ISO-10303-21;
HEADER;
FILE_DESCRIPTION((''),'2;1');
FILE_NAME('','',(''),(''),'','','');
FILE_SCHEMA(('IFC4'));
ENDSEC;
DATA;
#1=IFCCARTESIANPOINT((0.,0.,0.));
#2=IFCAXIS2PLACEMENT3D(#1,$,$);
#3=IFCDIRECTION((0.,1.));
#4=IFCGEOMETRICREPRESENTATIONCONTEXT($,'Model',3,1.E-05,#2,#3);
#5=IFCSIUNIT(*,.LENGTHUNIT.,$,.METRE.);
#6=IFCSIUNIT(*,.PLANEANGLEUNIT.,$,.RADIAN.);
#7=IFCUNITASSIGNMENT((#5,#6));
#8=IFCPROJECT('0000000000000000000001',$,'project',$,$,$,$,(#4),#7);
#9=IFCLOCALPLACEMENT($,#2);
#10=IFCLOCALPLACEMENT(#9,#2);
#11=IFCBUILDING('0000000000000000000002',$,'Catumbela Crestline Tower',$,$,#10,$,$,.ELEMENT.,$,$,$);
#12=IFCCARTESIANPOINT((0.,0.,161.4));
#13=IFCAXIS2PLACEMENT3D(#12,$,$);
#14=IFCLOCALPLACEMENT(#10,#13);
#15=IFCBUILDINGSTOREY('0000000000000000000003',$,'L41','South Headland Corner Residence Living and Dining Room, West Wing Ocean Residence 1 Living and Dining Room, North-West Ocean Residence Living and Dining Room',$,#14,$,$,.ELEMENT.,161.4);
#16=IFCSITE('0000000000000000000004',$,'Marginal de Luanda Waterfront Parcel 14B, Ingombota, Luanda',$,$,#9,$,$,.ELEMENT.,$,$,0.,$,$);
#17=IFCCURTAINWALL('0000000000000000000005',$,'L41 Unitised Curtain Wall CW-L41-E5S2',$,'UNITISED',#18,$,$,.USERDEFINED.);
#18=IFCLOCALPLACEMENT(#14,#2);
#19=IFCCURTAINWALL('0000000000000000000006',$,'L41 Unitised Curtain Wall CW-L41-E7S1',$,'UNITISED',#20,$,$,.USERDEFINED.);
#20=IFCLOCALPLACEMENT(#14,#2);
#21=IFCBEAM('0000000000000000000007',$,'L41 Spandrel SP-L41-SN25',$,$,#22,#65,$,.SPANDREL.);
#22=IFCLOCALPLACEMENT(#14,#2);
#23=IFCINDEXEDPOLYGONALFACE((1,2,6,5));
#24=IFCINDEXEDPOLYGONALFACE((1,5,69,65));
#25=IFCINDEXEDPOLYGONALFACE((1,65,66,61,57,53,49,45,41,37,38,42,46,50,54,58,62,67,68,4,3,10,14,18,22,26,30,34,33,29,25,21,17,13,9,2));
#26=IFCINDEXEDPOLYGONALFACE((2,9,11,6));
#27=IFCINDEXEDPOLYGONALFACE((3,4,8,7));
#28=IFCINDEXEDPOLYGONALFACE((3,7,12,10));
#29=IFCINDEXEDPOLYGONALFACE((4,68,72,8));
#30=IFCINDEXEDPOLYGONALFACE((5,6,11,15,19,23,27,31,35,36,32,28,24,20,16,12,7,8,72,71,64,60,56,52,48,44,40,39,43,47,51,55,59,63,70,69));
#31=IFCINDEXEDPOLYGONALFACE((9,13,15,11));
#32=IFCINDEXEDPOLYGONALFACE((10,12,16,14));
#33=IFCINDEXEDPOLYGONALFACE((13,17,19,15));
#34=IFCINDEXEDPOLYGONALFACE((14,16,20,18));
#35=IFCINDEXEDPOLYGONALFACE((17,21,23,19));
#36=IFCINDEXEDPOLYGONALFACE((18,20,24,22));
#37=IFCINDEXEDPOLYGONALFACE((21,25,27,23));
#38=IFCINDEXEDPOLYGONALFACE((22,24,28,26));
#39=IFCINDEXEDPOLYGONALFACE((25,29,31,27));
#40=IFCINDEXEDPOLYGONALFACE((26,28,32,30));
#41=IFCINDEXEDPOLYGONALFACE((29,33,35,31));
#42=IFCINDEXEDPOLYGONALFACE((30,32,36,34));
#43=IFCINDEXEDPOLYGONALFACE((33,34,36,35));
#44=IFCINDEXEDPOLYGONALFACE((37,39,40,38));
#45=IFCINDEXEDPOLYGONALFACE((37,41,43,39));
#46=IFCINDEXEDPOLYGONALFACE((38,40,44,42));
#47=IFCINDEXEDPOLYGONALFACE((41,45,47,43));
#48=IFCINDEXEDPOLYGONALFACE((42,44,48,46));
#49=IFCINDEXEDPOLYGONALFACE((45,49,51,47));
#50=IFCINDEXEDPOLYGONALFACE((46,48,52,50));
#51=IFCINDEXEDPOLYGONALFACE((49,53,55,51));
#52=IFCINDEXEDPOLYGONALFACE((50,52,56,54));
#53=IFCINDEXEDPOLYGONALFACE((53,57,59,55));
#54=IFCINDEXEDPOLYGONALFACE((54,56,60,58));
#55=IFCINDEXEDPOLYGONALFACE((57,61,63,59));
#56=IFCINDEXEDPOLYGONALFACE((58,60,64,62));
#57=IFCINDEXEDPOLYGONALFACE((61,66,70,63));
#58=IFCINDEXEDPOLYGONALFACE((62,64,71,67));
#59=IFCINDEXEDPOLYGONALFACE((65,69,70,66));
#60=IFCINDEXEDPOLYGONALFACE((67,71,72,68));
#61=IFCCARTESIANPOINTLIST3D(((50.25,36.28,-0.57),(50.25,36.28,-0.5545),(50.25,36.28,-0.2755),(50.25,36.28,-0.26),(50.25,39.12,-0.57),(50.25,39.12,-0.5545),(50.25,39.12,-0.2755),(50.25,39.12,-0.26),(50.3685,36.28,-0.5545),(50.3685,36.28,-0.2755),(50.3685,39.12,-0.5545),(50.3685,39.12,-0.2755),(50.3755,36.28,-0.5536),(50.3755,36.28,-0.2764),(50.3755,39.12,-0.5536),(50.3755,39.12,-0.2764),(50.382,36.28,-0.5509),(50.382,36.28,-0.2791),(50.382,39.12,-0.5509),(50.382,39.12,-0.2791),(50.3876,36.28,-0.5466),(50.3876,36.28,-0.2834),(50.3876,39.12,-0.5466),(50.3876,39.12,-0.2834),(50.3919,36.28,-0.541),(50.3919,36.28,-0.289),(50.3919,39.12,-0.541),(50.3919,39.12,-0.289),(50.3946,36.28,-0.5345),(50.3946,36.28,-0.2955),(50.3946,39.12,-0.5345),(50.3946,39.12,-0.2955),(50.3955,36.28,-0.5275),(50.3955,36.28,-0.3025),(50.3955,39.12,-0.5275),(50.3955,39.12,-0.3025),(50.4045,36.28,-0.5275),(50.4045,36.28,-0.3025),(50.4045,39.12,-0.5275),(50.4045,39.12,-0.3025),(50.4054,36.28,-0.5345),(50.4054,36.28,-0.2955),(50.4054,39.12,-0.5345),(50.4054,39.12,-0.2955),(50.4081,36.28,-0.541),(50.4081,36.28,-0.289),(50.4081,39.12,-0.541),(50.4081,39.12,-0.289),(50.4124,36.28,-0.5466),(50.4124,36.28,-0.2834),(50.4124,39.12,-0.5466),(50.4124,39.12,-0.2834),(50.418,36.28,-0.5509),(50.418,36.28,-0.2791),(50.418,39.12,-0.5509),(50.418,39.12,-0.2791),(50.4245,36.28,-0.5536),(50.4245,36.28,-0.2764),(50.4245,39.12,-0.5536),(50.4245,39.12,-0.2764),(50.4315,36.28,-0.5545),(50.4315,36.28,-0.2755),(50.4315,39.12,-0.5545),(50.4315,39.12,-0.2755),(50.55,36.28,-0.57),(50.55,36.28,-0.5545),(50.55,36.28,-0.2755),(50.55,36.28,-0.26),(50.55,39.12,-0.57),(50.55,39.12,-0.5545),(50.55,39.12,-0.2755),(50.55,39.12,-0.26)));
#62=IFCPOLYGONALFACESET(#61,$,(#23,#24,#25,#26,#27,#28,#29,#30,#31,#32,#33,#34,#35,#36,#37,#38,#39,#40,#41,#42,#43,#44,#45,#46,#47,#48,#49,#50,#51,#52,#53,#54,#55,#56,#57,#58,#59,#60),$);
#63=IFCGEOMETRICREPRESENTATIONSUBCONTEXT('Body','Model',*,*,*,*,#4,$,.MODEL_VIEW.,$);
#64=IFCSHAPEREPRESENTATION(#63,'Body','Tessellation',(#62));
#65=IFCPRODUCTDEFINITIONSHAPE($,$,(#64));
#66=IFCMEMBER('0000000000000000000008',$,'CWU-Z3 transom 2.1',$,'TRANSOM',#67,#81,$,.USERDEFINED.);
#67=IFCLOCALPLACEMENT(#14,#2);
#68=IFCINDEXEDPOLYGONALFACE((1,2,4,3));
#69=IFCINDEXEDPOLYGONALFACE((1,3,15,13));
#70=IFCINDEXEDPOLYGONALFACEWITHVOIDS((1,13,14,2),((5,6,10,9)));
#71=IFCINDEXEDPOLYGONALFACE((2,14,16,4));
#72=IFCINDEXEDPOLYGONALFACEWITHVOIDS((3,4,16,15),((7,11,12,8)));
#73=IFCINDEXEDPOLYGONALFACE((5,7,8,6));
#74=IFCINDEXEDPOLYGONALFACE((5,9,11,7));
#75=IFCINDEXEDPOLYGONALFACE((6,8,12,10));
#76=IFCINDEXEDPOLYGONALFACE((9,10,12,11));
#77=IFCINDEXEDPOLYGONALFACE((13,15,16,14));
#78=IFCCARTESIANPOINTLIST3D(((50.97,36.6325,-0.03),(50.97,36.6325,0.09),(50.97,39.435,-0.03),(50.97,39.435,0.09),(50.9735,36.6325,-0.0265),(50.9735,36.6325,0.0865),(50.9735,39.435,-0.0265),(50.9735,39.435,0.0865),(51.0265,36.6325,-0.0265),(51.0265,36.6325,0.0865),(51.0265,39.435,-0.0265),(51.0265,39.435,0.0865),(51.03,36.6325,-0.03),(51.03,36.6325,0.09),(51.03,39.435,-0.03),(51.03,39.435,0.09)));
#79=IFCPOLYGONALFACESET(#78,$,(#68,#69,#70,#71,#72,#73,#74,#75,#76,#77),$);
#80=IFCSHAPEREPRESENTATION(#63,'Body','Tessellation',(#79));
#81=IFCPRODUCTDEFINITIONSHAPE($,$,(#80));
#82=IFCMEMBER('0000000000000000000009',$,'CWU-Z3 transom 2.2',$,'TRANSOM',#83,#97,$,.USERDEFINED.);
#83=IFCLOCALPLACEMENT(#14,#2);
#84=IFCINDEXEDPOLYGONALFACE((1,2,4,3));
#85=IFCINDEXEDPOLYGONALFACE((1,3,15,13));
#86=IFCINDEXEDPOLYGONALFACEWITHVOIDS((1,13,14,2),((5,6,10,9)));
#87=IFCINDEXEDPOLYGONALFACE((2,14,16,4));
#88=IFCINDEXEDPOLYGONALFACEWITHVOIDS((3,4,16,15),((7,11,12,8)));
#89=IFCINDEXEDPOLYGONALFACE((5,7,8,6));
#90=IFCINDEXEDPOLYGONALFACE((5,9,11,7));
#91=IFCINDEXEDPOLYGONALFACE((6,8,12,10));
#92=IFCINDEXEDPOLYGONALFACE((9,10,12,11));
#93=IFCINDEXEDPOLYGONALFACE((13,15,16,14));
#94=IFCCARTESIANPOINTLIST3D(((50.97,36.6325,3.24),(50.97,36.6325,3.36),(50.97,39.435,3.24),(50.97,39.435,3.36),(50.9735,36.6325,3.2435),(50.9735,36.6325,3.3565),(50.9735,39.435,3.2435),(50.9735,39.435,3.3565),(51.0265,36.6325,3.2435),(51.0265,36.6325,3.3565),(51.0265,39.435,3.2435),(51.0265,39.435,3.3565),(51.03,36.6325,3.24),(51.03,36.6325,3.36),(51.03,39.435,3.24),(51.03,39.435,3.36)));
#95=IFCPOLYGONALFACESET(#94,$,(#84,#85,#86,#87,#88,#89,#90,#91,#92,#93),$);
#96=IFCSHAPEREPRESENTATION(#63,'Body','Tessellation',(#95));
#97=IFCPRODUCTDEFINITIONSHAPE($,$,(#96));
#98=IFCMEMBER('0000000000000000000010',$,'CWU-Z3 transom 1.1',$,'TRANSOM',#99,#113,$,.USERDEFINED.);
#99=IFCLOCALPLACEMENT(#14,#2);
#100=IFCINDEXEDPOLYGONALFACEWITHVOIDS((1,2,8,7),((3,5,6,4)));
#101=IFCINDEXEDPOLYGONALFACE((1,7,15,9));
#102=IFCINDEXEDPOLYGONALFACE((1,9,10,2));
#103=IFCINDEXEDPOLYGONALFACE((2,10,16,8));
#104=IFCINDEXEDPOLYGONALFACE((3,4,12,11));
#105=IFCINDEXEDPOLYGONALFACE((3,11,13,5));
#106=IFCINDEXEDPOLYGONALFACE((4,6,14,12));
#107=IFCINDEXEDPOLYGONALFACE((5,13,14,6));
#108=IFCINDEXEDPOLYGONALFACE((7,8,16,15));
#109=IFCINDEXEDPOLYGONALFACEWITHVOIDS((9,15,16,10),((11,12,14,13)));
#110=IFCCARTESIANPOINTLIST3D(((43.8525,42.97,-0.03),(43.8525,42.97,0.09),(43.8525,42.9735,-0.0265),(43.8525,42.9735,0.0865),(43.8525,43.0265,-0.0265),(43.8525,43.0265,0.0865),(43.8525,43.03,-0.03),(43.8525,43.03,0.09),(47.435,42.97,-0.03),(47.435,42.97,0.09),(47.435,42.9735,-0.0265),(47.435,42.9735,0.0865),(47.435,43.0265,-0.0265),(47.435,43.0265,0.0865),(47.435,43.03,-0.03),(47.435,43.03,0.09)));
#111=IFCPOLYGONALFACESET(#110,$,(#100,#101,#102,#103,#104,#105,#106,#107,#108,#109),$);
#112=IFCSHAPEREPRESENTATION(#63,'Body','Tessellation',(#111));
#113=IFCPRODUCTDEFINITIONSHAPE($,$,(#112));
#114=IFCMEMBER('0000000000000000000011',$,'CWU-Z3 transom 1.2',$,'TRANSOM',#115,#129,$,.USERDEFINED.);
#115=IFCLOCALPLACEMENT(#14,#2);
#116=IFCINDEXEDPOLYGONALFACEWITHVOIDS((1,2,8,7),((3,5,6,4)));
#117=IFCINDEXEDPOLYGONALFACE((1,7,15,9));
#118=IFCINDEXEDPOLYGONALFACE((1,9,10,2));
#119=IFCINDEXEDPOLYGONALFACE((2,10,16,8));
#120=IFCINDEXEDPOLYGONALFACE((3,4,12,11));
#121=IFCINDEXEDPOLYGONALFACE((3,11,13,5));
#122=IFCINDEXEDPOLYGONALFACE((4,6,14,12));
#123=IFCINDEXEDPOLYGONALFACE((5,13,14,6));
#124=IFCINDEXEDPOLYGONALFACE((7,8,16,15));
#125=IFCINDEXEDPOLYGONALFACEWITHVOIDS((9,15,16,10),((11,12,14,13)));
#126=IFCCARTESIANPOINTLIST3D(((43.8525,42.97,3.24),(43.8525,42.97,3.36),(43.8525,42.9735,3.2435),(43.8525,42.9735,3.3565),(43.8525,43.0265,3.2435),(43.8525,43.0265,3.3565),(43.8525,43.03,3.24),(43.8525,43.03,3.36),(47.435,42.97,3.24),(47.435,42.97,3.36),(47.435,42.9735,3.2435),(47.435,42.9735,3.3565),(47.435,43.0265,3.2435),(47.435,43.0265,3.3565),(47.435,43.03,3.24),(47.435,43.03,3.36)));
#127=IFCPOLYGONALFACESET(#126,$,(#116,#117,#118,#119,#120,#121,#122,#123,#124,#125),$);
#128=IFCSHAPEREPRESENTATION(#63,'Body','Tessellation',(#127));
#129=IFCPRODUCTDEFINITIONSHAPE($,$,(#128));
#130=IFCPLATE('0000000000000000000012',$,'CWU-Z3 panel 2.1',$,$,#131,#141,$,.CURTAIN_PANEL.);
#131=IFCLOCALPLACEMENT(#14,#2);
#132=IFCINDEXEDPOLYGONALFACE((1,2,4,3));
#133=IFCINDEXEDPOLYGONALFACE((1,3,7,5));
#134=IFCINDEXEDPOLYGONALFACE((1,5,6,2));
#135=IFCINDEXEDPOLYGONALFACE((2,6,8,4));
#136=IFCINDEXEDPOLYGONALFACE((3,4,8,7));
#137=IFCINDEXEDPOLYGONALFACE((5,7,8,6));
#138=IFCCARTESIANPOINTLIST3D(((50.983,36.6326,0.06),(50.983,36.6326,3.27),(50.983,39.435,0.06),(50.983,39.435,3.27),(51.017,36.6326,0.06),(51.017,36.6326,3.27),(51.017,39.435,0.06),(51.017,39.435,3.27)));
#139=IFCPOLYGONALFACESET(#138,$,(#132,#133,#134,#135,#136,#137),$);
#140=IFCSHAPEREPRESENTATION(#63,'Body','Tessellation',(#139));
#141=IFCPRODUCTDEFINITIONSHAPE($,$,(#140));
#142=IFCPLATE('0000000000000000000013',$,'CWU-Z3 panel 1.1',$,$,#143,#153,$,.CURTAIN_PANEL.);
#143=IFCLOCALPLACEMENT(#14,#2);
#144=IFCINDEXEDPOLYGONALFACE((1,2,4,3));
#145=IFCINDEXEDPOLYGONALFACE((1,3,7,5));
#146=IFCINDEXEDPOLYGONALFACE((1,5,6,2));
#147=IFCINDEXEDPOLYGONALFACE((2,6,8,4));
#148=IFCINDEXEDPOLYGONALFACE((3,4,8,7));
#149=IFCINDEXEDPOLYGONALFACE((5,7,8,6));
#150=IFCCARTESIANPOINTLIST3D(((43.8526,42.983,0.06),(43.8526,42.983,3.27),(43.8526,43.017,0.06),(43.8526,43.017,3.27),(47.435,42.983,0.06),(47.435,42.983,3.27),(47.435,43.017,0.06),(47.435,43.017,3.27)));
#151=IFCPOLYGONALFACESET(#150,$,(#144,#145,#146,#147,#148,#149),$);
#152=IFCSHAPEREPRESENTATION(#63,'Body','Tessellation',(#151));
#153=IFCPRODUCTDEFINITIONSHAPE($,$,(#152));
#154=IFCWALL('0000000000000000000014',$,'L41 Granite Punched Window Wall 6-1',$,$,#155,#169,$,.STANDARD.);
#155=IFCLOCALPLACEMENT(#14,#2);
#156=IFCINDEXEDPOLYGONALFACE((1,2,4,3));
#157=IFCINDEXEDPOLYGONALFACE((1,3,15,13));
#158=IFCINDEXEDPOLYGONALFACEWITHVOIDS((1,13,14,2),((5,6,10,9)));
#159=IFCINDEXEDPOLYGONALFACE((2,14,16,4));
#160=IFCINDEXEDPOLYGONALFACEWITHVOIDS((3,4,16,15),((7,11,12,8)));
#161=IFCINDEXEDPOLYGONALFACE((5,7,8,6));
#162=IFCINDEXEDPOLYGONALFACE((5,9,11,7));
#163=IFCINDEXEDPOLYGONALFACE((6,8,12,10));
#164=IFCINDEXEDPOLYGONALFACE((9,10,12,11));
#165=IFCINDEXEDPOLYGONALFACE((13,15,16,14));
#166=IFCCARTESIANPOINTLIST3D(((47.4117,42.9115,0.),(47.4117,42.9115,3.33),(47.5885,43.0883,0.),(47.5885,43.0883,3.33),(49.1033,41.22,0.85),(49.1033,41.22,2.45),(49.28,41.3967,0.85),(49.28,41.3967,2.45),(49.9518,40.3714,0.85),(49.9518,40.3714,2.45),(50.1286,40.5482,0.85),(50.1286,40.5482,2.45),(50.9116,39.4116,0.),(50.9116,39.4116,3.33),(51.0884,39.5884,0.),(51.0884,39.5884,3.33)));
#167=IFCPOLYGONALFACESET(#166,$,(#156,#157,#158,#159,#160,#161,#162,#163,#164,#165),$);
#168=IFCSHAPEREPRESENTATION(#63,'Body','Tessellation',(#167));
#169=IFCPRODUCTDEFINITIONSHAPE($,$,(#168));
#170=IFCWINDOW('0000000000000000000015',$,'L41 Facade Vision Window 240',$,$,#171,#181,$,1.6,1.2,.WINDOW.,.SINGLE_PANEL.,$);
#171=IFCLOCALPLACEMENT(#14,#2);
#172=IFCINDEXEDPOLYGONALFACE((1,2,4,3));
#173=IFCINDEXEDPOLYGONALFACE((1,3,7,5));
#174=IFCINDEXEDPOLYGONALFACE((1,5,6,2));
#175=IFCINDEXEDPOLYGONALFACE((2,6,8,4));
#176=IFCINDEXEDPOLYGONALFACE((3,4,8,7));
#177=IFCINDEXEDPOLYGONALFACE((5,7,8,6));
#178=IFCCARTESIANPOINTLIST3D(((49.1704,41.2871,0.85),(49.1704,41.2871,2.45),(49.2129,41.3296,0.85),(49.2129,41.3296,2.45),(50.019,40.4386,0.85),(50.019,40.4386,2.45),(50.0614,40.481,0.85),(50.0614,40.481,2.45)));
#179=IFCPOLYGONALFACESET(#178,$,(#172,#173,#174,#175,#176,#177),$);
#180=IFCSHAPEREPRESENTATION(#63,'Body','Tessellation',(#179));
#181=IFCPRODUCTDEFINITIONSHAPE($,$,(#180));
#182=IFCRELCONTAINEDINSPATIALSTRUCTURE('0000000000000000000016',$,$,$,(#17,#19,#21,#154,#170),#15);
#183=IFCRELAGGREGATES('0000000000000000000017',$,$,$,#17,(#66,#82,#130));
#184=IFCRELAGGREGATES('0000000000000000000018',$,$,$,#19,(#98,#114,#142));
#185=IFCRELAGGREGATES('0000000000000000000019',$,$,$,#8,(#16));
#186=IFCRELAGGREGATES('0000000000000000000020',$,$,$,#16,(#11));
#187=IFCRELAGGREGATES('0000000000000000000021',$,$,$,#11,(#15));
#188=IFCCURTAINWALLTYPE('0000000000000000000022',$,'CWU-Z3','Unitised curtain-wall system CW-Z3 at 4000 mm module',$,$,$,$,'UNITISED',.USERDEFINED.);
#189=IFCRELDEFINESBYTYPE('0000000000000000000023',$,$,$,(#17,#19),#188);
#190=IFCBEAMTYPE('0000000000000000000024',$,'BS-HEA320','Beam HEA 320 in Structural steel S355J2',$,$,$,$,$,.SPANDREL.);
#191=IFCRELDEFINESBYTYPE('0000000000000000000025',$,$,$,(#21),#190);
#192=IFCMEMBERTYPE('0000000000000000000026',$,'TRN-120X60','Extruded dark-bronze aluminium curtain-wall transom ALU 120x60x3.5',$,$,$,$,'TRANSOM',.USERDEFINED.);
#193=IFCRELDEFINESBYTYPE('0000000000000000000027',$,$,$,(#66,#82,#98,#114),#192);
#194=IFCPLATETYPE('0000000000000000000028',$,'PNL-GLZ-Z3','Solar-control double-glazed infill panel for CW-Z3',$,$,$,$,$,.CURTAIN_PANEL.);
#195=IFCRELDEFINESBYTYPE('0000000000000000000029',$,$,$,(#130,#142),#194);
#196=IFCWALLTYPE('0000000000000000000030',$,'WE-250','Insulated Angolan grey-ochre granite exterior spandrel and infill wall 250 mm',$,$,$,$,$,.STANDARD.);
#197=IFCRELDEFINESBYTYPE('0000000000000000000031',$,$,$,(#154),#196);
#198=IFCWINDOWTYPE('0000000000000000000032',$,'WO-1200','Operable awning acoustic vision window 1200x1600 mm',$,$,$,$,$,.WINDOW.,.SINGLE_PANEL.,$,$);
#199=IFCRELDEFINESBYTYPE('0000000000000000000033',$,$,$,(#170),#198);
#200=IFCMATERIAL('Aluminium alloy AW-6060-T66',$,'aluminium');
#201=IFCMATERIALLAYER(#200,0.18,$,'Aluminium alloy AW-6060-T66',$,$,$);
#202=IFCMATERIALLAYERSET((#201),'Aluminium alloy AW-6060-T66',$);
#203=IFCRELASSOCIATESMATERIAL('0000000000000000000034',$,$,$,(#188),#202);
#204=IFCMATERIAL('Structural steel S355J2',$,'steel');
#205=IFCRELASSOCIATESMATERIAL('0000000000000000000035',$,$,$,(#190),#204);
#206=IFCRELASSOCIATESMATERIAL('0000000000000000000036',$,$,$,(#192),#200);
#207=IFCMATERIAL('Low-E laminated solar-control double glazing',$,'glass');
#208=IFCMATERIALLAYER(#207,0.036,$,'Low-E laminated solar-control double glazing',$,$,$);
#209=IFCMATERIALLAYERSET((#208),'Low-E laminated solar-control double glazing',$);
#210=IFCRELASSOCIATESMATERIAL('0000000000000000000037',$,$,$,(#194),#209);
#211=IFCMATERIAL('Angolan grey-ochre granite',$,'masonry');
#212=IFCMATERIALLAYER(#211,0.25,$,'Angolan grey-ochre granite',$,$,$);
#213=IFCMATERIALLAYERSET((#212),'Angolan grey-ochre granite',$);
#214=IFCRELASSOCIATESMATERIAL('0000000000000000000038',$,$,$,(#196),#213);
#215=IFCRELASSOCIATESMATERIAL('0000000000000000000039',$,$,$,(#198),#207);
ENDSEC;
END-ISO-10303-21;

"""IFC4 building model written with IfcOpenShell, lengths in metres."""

from ifc_helpers import new_model, si_unit, direction, frame, frame_2d, origin, origin_2d, place, context, subcontext, project, spatial, rectangle, hollow_rectangle, i_section, extrude, material, layer, layer_set, material_profile, profile_set, type_object, element, fill, aggregate, save


model = new_model("IFC4")

# Units and contexts
model_context = context("Model", 3, precision=1e-05, world=origin(), true_north=direction((0.0, 1.0)))
body_context = subcontext(model_context, "Body", "Model", "MODEL_VIEW")
ifc_project = project(units=[si_unit("LENGTHUNIT", "METRE"), si_unit("PLANEANGLEUNIT", "RADIAN")], contexts=[model_context])

# Site, building, storey
site_placement = place(None, origin())
site = spatial("IfcSite", under=ifc_project, at=site_placement, Name="Marginal de Luanda Waterfront Parcel 14B, Ingombota, Luanda", CompositionType="ELEMENT", RefElevation=0.0)
building_placement = place(site_placement, origin())
building = spatial("IfcBuilding", under=site, at=building_placement, Name="Catumbela Crestline Tower", CompositionType="ELEMENT")
storey_placement = place(building_placement, frame((0.0, 0.0, 161.4)))
storey = spatial("IfcBuildingStorey", under=building, at=storey_placement, Name="L41", Description="South Headland Corner Residence Living and Dining Room, West Wing Ocean Residence 1 Living and Dining Room, North-West Ocean Residence Living and Dining Room", CompositionType="ELEMENT", Elevation=161.4)

# Shared definitions
ifc_material_1 = material(Name="Structural steel S355J2", Category="steel")

# Curtain wall
ifc_material_2 = material(Name="Aluminium alloy AW-6060-T66", Category="aluminium")
ifc_layer_1 = layer(ifc_material_2, 0.18, Name="Aluminium alloy AW-6060-T66")
ifc_layer_set_1 = layer_set([ifc_layer_1], Name="Aluminium alloy AW-6060-T66")
curtain_wall_type = type_object("IfcCurtainWallType", Name="CWU-Z3", Description="Unitised curtain-wall system CW-Z3 at 4000 mm module", ElementType="UNITISED", PredefinedType="USERDEFINED", material=ifc_layer_set_1)
curtain_wall_1_placement = place(storey_placement, origin())
curtain_wall_1 = element("IfcCurtainWall", 1, at=curtain_wall_1_placement, inside=storey, type_object=curtain_wall_type, Name="L41 Unitised Curtain Wall CW-L41-E5S2", ObjectType="UNITISED", PredefinedType="USERDEFINED")

# Curtain wall
curtain_wall_2_placement = place(storey_placement, origin())
curtain_wall_2 = element("IfcCurtainWall", 2, at=curtain_wall_2_placement, inside=storey, type_object=curtain_wall_type, Name="L41 Unitised Curtain Wall CW-L41-E7S1", ObjectType="UNITISED", PredefinedType="USERDEFINED")

# Beam
ifc_material_profile_1 = material_profile(ifc_material_1, i_section(OverallWidth=0.3, OverallDepth=0.31, WebThickness=0.009, FlangeThickness=0.0155, FilletRadius=0.027, at=origin_2d()), Name="HEA 320")
ifc_profile_set_1 = profile_set([ifc_material_profile_1], Name="Structural steel S355J2")
beam_type = type_object("IfcBeamType", Name="BS-HEA320", Description="Beam HEA 320 in Structural steel S355J2", PredefinedType="SPANDREL", material=ifc_profile_set_1)
beam_1_placement = place(storey_placement, frame((50.4, 36.28, -0.415), z_axis=(0.0, 1.0, 0.0), x_axis=(-1.0, 0.0, 0.0)))
element("IfcBeam", 3, at=beam_1_placement, inside=storey, type_object=beam_type, Name="L41 Spandrel SP-L41-SN25", PredefinedType="SPANDREL", context=body_context, shape_type="SweptSolid", body=[
    extrude(i_section(OverallWidth=0.3, OverallDepth=0.31, WebThickness=0.009, FlangeThickness=0.0155, FilletRadius=0.027, at=origin_2d()), origin(), (0.0, 0.0, 1.0), 2.84),
])

# Members
ifc_material_profile_2 = material_profile(ifc_material_2, hollow_rectangle(XDim=0.06, YDim=0.12, WallThickness=0.0035, at=origin_2d()), Name="ALU 120x60x3.5")
ifc_profile_set_2 = profile_set([ifc_material_profile_2], Name="Aluminium alloy AW-6060-T66")
member_type_1 = type_object("IfcMemberType", Name="TRN-120X60", Description="Extruded dark-bronze aluminium curtain-wall transom ALU 120x60x3.5", ElementType="TRANSOM", PredefinedType="USERDEFINED", material=ifc_profile_set_2)
member_1_placement = place(storey_placement, frame((51.0, 36.6325, 0.03), z_axis=(0.0, 1.0, 0.0), x_axis=(-1.0, 0.0, 0.0)))
member_1 = element("IfcMember", 4, at=member_1_placement, type_object=member_type_1, Name="CWU-Z3 transom 2.1", ObjectType="TRANSOM", PredefinedType="USERDEFINED", context=body_context, shape_type="SweptSolid", body=[
    extrude(hollow_rectangle(XDim=0.06, YDim=0.12, WallThickness=0.0035, at=origin_2d()), origin(), (0.0, 0.0, 1.0), 2.8025),
])
member_2_placement = place(storey_placement, frame((51.0, 36.6325, 3.3), z_axis=(0.0, 1.0, 0.0), x_axis=(-1.0, 0.0, 0.0)))
member_2 = element("IfcMember", 5, at=member_2_placement, type_object=member_type_1, Name="CWU-Z3 transom 2.2", ObjectType="TRANSOM", PredefinedType="USERDEFINED", context=body_context, shape_type="SweptSolid", body=[
    extrude(hollow_rectangle(XDim=0.06, YDim=0.12, WallThickness=0.0035, at=origin_2d()), origin(), (0.0, 0.0, 1.0), 2.8025),
])
member_3_placement = place(storey_placement, frame((47.435, 43.0, 0.03), z_axis=(-1.0, 0.0, 0.0), x_axis=(0.0, -1.0, 0.0)))
member_3 = element("IfcMember", 6, at=member_3_placement, type_object=member_type_1, Name="CWU-Z3 transom 1.1", ObjectType="TRANSOM", PredefinedType="USERDEFINED", context=body_context, shape_type="SweptSolid", body=[
    extrude(hollow_rectangle(XDim=0.06, YDim=0.12, WallThickness=0.0035, at=origin_2d()), origin(), (0.0, 0.0, 1.0), 3.5825),
])
member_4_placement = place(storey_placement, frame((47.435, 43.0, 3.3), z_axis=(-1.0, 0.0, 0.0), x_axis=(0.0, -1.0, 0.0)))
member_4 = element("IfcMember", 7, at=member_4_placement, type_object=member_type_1, Name="CWU-Z3 transom 1.2", ObjectType="TRANSOM", PredefinedType="USERDEFINED", context=body_context, shape_type="SweptSolid", body=[
    extrude(hollow_rectangle(XDim=0.06, YDim=0.12, WallThickness=0.0035, at=origin_2d()), origin(), (0.0, 0.0, 1.0), 3.5825),
])

# Plates
ifc_material_3 = material(Name="Low-E laminated solar-control double glazing", Category="glass")
ifc_layer_2 = layer(ifc_material_3, 0.036, Name="Low-E laminated solar-control double glazing")
ifc_layer_set_2 = layer_set([ifc_layer_2], Name="Low-E laminated solar-control double glazing")
plate_type = type_object("IfcPlateType", Name="PNL-GLZ-Z3", Description="Solar-control double-glazed infill panel for CW-Z3", PredefinedType="CURTAIN_PANEL", material=ifc_layer_set_2)
plate_1_placement = place(storey_placement, frame((51.0, 38.0338, 0.06), z_axis=(0.0, 0.0, 1.0), x_axis=(0.0, 1.0, 0.0)))
plate_1 = element("IfcPlate", 8, at=plate_1_placement, type_object=plate_type, Name="CWU-Z3 panel 2.1", PredefinedType="CURTAIN_PANEL", context=body_context, shape_type="SweptSolid", body=[
    extrude(rectangle(XDim=2.8025, YDim=0.034, at=origin_2d()), origin(), (0.0, 0.0, 1.0), 3.21),
])
aggregate(curtain_wall_1, [member_1, member_2, plate_1])
plate_2_placement = place(storey_placement, frame((45.6438, 43.0, 0.06), z_axis=(0.0, 0.0, 1.0), x_axis=(-1.0, 0.0, 0.0)))
plate_2 = element("IfcPlate", 9, at=plate_2_placement, type_object=plate_type, Name="CWU-Z3 panel 1.1", PredefinedType="CURTAIN_PANEL", context=body_context, shape_type="SweptSolid", body=[
    extrude(rectangle(XDim=3.5825, YDim=0.034, at=origin_2d()), origin(), (0.0, 0.0, 1.0), 3.21),
])
aggregate(curtain_wall_2, [member_3, member_4, plate_2])

# Wall, opening, window
ifc_material_4 = material(Name="Angolan grey-ochre granite", Category="masonry")
ifc_layer_3 = layer(ifc_material_4, 0.25, Name="Angolan grey-ochre granite")
ifc_layer_set_3 = layer_set([ifc_layer_3], Name="Angolan grey-ochre granite")
wall_type_1 = type_object("IfcWallType", Name="WE-250", Description="Insulated Angolan grey-ochre granite exterior spandrel and infill wall 250 mm", PredefinedType="STANDARD", material=ifc_layer_set_3)
wall_1_placement = place(storey_placement, frame((51.0, 39.5, 0.0), z_axis=(0.0, 0.0, 1.0), x_axis=(-0.707107, 0.707107, 0.0)))
wall_1 = element("IfcWall", 10, at=wall_1_placement, inside=storey, type_object=wall_type_1, Name="L41 Granite Punched Window Wall 6-1", PredefinedType="STANDARD", context=body_context, shape_type="SweptSolid", body=[
    extrude(rectangle(XDim=4.9497, YDim=0.25, at=frame_2d((2.4748, 0.0))), origin(), (0.0, 0.0, 1.0), 3.33),
])
opening_1_placement = place(wall_1_placement, frame((1.3574, 0.0, 0.85)))
opening_1 = element("IfcOpeningElement", 11, at=opening_1_placement, cuts=wall_1, PredefinedType="OPENING", context=body_context, shape_type="SweptSolid", body=[
    extrude(rectangle(XDim=1.2, YDim=1.6, at=frame_2d((0.6, 0.8))), frame((0.0, 0.135, 0.0), z_axis=(0.0, -1.0, 0.0), x_axis=(1.0, 0.0, 0.0)), (0.0, 0.0, 1.0), 0.27),
])
window_type = type_object("IfcWindowType", Name="WO-1200", Description="Operable awning acoustic vision window 1200x1600 mm", PartitioningType="SINGLE_PANEL", PredefinedType="WINDOW", material=ifc_material_3)
window_placement = place(opening_1_placement, origin())
window = element("IfcWindow", 12, at=window_placement, inside=storey, type_object=window_type, Name="L41 Facade Vision Window 240", OverallHeight=1.6, OverallWidth=1.2, PartitioningType="SINGLE_PANEL", PredefinedType="WINDOW", context=body_context, shape_type="SweptSolid", body=[
    extrude(rectangle(XDim=1.2, YDim=1.6, at=frame_2d((0.6, 0.8))), frame((0.0, 0.03, 0.0), z_axis=(0.0, -1.0, 0.0), x_axis=(1.0, 0.0, 0.0)), (0.0, 0.0, 1.0), 0.06),
])
fill(opening_1, window)

save(model, "model.ifc")
